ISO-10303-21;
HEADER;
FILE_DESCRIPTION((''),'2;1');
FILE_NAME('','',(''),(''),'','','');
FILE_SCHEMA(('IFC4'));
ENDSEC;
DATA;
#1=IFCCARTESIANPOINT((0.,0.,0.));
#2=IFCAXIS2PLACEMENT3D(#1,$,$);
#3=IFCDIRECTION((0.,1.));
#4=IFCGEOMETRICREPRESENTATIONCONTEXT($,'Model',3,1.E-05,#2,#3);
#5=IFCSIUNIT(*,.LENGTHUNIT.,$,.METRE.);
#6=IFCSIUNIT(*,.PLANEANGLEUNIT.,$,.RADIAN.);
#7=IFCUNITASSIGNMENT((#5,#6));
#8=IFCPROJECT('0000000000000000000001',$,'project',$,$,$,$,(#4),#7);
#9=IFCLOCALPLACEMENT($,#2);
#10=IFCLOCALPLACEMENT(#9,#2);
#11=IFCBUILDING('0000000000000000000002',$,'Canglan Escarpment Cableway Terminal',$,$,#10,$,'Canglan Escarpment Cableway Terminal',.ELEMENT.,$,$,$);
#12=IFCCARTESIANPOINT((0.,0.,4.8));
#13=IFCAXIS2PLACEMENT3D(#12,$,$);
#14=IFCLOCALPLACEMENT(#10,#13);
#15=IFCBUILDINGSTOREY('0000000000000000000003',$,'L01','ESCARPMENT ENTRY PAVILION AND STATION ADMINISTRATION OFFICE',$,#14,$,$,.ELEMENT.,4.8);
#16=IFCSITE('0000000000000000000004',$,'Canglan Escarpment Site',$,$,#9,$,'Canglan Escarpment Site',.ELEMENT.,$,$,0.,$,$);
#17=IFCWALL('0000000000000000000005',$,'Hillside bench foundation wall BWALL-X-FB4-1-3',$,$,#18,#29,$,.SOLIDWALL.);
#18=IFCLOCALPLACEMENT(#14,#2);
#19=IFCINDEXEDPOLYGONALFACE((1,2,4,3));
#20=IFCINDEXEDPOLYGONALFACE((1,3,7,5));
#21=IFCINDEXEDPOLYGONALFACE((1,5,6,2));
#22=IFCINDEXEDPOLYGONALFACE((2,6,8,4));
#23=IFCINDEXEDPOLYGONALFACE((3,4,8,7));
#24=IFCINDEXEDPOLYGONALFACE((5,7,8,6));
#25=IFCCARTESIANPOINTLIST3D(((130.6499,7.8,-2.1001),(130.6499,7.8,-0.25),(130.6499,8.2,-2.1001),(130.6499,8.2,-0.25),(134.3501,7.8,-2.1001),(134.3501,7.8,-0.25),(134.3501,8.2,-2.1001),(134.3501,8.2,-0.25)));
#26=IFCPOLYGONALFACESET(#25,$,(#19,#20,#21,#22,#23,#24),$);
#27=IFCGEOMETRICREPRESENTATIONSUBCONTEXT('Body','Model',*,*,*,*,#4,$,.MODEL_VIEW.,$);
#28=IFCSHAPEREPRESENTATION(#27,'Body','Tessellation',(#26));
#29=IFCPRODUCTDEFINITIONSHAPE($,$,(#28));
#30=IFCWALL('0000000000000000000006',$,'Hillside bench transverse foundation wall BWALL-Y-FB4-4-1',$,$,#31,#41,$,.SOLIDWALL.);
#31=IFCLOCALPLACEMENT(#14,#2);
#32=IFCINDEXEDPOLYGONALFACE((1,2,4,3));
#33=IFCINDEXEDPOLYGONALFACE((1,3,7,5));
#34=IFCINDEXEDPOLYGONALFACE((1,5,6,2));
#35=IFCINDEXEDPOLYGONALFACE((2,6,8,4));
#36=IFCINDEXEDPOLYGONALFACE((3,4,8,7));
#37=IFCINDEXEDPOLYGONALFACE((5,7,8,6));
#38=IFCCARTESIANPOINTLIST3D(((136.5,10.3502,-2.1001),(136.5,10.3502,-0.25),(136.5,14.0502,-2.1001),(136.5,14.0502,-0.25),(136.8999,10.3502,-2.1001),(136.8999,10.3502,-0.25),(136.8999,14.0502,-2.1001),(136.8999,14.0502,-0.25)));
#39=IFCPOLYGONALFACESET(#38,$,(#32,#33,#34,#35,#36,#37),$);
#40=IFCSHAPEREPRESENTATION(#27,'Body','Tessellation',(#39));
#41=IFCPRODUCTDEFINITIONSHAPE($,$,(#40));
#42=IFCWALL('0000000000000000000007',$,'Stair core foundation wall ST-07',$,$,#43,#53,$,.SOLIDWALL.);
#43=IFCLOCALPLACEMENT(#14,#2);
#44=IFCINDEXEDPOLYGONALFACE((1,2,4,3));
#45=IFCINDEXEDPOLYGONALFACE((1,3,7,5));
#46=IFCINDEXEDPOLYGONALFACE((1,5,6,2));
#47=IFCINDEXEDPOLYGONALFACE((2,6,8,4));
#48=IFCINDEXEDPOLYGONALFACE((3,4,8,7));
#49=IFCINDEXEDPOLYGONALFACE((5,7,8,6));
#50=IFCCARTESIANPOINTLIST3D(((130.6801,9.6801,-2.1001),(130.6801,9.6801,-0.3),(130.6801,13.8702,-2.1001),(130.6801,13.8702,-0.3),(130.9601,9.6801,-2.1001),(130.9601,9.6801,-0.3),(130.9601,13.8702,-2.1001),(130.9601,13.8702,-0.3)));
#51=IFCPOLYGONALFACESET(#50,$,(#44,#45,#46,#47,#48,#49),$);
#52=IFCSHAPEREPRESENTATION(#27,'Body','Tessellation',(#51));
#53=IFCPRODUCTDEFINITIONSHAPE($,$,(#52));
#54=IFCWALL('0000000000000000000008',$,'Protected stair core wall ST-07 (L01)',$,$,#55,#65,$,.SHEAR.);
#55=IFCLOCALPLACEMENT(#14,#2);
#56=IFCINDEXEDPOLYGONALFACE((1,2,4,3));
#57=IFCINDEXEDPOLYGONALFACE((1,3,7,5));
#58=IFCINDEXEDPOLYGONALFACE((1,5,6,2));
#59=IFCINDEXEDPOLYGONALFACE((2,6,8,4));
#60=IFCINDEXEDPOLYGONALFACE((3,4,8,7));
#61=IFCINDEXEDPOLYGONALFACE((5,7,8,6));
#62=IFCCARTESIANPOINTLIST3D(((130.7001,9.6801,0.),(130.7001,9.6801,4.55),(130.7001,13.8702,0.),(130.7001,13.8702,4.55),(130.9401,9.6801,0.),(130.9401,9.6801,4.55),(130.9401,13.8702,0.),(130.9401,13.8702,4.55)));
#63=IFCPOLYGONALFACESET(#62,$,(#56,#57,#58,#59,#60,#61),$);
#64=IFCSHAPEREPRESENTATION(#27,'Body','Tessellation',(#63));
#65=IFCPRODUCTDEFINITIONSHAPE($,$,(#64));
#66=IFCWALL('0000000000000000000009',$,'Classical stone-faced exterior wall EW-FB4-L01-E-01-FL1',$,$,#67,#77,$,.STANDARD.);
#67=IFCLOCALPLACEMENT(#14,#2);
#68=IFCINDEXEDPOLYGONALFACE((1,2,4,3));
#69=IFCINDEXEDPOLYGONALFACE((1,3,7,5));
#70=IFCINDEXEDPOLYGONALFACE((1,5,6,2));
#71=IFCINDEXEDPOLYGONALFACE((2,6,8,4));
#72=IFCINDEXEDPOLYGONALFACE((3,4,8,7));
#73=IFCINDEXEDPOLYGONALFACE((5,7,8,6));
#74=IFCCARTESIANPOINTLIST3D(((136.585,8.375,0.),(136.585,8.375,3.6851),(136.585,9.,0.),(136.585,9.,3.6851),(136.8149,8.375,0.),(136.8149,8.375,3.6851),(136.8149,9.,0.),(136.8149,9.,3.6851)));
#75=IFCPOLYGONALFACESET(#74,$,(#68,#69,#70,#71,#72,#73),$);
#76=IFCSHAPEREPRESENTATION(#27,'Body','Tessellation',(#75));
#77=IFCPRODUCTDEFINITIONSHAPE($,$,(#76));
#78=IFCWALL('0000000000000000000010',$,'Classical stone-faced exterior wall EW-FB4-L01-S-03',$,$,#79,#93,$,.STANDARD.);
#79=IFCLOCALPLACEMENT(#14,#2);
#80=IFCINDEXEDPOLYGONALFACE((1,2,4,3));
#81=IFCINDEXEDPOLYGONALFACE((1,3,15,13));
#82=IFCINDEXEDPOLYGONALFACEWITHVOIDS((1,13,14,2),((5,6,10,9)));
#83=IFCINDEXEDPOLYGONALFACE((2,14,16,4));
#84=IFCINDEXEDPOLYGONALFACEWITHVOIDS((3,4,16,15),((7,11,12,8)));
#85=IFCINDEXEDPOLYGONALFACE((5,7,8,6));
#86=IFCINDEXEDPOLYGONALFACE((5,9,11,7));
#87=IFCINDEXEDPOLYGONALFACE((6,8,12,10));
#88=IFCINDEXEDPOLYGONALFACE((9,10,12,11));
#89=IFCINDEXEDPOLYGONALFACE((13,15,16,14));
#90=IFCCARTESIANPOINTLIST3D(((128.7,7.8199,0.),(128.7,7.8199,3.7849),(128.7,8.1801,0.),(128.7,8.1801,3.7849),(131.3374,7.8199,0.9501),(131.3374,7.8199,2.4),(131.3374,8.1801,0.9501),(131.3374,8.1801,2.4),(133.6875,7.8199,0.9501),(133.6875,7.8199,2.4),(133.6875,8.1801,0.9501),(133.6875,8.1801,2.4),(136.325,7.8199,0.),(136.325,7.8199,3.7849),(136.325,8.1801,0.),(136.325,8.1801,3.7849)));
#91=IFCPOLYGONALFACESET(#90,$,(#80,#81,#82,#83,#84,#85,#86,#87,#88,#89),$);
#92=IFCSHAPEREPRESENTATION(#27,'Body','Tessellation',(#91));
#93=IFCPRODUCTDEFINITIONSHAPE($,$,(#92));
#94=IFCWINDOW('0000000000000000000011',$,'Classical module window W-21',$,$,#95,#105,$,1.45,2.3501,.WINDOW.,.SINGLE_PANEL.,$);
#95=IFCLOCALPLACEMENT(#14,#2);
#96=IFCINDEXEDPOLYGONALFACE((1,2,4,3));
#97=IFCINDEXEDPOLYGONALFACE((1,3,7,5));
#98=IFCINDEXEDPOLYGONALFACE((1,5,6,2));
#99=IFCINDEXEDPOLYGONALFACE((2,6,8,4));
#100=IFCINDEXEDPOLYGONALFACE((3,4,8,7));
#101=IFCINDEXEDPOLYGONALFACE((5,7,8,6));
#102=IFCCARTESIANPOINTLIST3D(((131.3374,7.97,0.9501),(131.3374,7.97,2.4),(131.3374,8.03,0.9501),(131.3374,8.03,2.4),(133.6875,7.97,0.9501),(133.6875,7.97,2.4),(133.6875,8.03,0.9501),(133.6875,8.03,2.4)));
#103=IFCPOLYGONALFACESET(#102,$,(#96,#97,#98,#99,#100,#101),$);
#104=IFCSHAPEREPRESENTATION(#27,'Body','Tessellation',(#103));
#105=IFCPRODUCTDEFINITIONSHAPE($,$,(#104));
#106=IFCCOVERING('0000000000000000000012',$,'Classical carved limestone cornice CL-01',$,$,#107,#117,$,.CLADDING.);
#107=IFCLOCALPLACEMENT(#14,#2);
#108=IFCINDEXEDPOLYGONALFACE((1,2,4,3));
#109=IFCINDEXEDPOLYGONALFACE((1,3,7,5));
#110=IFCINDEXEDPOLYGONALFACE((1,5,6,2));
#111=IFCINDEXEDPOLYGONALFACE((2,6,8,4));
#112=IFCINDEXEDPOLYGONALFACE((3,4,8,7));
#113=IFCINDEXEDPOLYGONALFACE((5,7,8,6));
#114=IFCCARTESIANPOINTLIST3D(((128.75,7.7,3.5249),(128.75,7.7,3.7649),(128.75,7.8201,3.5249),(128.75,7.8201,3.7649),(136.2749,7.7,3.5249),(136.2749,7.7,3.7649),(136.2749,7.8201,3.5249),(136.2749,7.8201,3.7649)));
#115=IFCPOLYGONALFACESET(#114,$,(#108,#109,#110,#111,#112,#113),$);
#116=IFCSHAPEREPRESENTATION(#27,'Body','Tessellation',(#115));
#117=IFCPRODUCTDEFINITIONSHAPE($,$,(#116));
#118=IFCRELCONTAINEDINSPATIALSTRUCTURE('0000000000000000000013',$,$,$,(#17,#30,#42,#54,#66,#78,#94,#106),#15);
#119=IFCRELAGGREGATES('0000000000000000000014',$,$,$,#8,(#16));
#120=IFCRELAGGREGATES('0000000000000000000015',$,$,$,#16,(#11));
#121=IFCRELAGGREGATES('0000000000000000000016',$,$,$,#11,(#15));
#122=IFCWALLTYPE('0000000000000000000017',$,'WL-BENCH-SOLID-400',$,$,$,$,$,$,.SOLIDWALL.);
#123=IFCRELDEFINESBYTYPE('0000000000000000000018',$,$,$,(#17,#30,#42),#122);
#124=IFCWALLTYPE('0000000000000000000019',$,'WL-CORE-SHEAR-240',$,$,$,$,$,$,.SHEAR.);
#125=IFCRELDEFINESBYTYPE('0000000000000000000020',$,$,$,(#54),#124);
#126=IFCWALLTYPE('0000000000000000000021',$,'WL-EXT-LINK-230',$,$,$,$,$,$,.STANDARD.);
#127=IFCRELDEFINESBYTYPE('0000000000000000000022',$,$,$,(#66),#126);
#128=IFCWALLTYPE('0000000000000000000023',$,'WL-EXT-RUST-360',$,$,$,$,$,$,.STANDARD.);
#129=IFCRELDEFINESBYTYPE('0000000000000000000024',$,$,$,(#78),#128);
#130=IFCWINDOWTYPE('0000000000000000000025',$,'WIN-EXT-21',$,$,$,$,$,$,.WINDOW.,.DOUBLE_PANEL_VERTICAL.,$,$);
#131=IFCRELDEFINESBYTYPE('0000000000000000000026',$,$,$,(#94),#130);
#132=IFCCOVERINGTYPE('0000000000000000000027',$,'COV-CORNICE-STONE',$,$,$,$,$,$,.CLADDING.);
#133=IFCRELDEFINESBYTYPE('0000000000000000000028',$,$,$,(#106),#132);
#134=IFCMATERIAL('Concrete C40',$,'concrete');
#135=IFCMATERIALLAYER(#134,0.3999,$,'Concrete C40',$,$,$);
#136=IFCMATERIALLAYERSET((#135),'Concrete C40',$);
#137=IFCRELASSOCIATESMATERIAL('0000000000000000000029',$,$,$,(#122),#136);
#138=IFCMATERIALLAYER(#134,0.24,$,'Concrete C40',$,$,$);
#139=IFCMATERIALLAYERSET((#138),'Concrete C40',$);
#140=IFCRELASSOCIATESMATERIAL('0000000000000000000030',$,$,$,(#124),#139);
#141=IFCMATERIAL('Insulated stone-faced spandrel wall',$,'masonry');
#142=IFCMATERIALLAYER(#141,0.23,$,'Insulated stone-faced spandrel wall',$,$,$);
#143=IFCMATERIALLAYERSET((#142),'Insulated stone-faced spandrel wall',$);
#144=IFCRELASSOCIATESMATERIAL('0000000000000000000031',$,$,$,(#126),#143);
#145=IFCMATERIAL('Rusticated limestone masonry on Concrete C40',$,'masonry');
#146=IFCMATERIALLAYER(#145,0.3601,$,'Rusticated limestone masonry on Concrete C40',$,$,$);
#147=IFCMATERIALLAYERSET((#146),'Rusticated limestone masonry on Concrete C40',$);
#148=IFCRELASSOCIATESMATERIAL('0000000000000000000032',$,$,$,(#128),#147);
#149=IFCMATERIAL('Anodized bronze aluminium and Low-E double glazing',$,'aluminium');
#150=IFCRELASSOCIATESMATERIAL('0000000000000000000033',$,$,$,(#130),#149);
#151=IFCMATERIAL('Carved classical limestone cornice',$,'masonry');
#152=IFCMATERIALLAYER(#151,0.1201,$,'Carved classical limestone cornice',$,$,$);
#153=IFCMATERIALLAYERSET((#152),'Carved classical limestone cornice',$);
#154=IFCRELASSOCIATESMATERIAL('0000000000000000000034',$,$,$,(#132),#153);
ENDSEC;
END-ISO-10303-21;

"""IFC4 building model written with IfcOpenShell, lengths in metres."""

from ifc_helpers import new_model, si_unit, direction, frame, frame_2d, origin, origin_2d, place, context, subcontext, project, spatial, rectangle, extrude, material, layer, layer_set, type_object, element, fill, save


model = new_model("IFC4")

# Units and contexts
model_context = context("Model", 3, precision=1e-05, world=origin(), true_north=direction((0.0, 1.0)))
body_context = subcontext(model_context, "Body", "Model", "MODEL_VIEW")
ifc_project = project(units=[si_unit("LENGTHUNIT", "METRE"), si_unit("PLANEANGLEUNIT", "RADIAN")], contexts=[model_context])

# Site, building, storey
site_placement = place(None, origin())
site = spatial("IfcSite", under=ifc_project, at=site_placement, Name="Canglan Escarpment Site", LongName="Canglan Escarpment Site", CompositionType="ELEMENT", RefElevation=0.0)
building_placement = place(site_placement, origin())
building = spatial("IfcBuilding", under=site, at=building_placement, Name="Canglan Escarpment Cableway Terminal", LongName="Canglan Escarpment Cableway Terminal", CompositionType="ELEMENT")
storey_placement = place(building_placement, frame((0.0, 0.0, 4.8)))
storey = spatial("IfcBuildingStorey", under=building, at=storey_placement, Name="L01", Description="ESCARPMENT ENTRY PAVILION AND STATION ADMINISTRATION OFFICE", CompositionType="ELEMENT", Elevation=4.8)

# Shared definitions
ifc_material_1 = material(Name="Concrete C40", Category="concrete")

# Walls
ifc_layer_1 = layer(ifc_material_1, 0.3999, Name="Concrete C40")
ifc_layer_set_1 = layer_set([ifc_layer_1], Name="Concrete C40")
wall_type_1 = type_object("IfcWallType", Name="WL-BENCH-SOLID-400", PredefinedType="SOLIDWALL", material=ifc_layer_set_1)
wall_1_placement = place(storey_placement, frame((130.6499, 8.0, -2.1001), z_axis=(0.0, 0.0, 1.0), x_axis=(1.0, 0.0, 0.0)))
element("IfcWall", 1, at=wall_1_placement, inside=storey, type_object=wall_type_1, Name="Hillside bench foundation wall BWALL-X-FB4-1-3", PredefinedType="SOLIDWALL", context=body_context, shape_type="SweptSolid", body=[
    extrude(rectangle(XDim=3.7002, YDim=0.3999, at=frame_2d((1.8501, 0.0))), origin(), (0.0, 0.0, 1.0), 1.8501),
])
wall_2_placement = place(storey_placement, frame((136.7, 10.3501, -2.1001), z_axis=(0.0, 0.0, 1.0), x_axis=(0.0, 1.0, 0.0)))
element("IfcWall", 2, at=wall_2_placement, inside=storey, type_object=wall_type_1, Name="Hillside bench transverse foundation wall BWALL-Y-FB4-4-1", PredefinedType="SOLIDWALL", context=body_context, shape_type="SweptSolid", body=[
    extrude(rectangle(XDim=3.7, YDim=0.3999, at=frame_2d((1.8501, 0.0))), origin(), (0.0, 0.0, 1.0), 1.8501),
])
wall_3_placement = place(storey_placement, frame((130.8201, 9.6799, -2.1001), z_axis=(0.0, 0.0, 1.0), x_axis=(0.0, 1.0, 0.0)))
element("IfcWall", 3, at=wall_3_placement, inside=storey, type_object=wall_type_1, Name="Stair core foundation wall ST-07", PredefinedType="SOLIDWALL", context=body_context, shape_type="SweptSolid", body=[
    extrude(rectangle(XDim=4.1902, YDim=0.28, at=frame_2d((2.0952, 0.0))), origin(), (0.0, 0.0, 1.0), 1.8),
])
ifc_layer_2 = layer(ifc_material_1, 0.24, Name="Concrete C40")
ifc_layer_set_2 = layer_set([ifc_layer_2], Name="Concrete C40")
wall_type_2 = type_object("IfcWallType", Name="WL-CORE-SHEAR-240", PredefinedType="SHEAR", material=ifc_layer_set_2)
wall_4_placement = place(storey_placement, frame((130.8201, 9.6799, 0.0), z_axis=(0.0, 0.0, 1.0), x_axis=(0.0, 1.0, 0.0)))
element("IfcWall", 4, at=wall_4_placement, inside=storey, type_object=wall_type_2, Name="Protected stair core wall ST-07 (L01)", PredefinedType="SHEAR", context=body_context, shape_type="SweptSolid", body=[
    extrude(rectangle(XDim=4.1902, YDim=0.24, at=frame_2d((2.0952, 0.0))), origin(), (0.0, 0.0, 1.0), 4.55),
])
ifc_material_2 = material(Name="Insulated stone-faced spandrel wall", Category="masonry")
ifc_layer_3 = layer(ifc_material_2, 0.23, Name="Insulated stone-faced spandrel wall")
ifc_layer_set_3 = layer_set([ifc_layer_3], Name="Insulated stone-faced spandrel wall")
wall_type_3 = type_object("IfcWallType", Name="WL-EXT-LINK-230", PredefinedType="STANDARD", material=ifc_layer_set_3)
wall_5_placement = place(storey_placement, frame((136.7, 8.375, 0.0), z_axis=(0.0, 0.0, 1.0), x_axis=(0.0, 1.0, 0.0)))
element("IfcWall", 5, at=wall_5_placement, inside=storey, type_object=wall_type_3, Name="Classical stone-faced exterior wall EW-FB4-L01-E-01-FL1", PredefinedType="STANDARD", context=body_context, shape_type="SweptSolid", body=[
    extrude(rectangle(XDim=0.625, YDim=0.23, at=frame_2d((0.3125, 0.0))), origin(), (0.0, 0.0, 1.0), 3.6851),
])

# Wall, opening, window
ifc_material_3 = material(Name="Rusticated limestone masonry on Concrete C40", Category="masonry")
ifc_layer_4 = layer(ifc_material_3, 0.3601, Name="Rusticated limestone masonry on Concrete C40")
ifc_layer_set_4 = layer_set([ifc_layer_4], Name="Rusticated limestone masonry on Concrete C40")
wall_type_4 = type_object("IfcWallType", Name="WL-EXT-RUST-360", PredefinedType="STANDARD", material=ifc_layer_set_4)
wall_6_placement = place(storey_placement, frame((128.7, 8.0, 0.0), z_axis=(0.0, 0.0, 1.0), x_axis=(1.0, 0.0, 0.0)))
wall_6 = element("IfcWall", 6, at=wall_6_placement, inside=storey, type_object=wall_type_4, Name="Classical stone-faced exterior wall EW-FB4-L01-S-03", PredefinedType="STANDARD", context=body_context, shape_type="SweptSolid", body=[
    extrude(rectangle(XDim=7.625, YDim=0.3601, at=frame_2d((3.8125, 0.0))), origin(), (0.0, 0.0, 1.0), 3.7849),
])
opening_placement = place(wall_6_placement, frame((2.6375, 0.0, 0.95)))
opening = element("IfcOpeningElement", 7, at=opening_placement, cuts=wall_6, PredefinedType="OPENING", context=body_context, shape_type="SweptSolid", body=[
    extrude(rectangle(XDim=2.3501, YDim=1.45, at=frame_2d((1.175, 0.7251))), frame((0.0, 0.1899, 0.0), z_axis=(0.0, -1.0, 0.0), x_axis=(1.0, 0.0, 0.0)), (0.0, 0.0, 1.0), 0.3801),
])
ifc_material_4 = material(Name="Anodized bronze aluminium and Low-E double glazing", Category="aluminium")
window_type = type_object("IfcWindowType", Name="WIN-EXT-21", PartitioningType="DOUBLE_PANEL_VERTICAL", PredefinedType="WINDOW", material=ifc_material_4)
window_placement = place(opening_placement, origin())
window = element("IfcWindow", 8, at=window_placement, inside=storey, type_object=window_type, Name="Classical module window W-21", OverallHeight=1.45, OverallWidth=2.3501, PartitioningType="SINGLE_PANEL", PredefinedType="WINDOW", context=body_context, shape_type="SweptSolid", body=[
    extrude(rectangle(XDim=2.3501, YDim=1.45, at=frame_2d((1.175, 0.7251))), frame((0.0, 0.03, 0.0), z_axis=(0.0, -1.0, 0.0), x_axis=(1.0, 0.0, 0.0)), (0.0, 0.0, 1.0), 0.0601),
])
fill(opening, window)

# Covering
ifc_material_5 = material(Name="Carved classical limestone cornice", Category="masonry")
ifc_layer_5 = layer(ifc_material_5, 0.1201, Name="Carved classical limestone cornice")
ifc_layer_set_5 = layer_set([ifc_layer_5], Name="Carved classical limestone cornice")
covering_type = type_object("IfcCoveringType", Name="COV-CORNICE-STONE", PredefinedType="CLADDING", material=ifc_layer_set_5)
covering_placement = place(storey_placement, frame((132.5125, 7.76, 3.5249), z_axis=(0.0, 0.0, 1.0), x_axis=(1.0, 0.0, 0.0)))
element("IfcCovering", 9, at=covering_placement, inside=storey, type_object=covering_type, Name="Classical carved limestone cornice CL-01", PredefinedType="CLADDING", context=body_context, shape_type="SweptSolid", body=[
    extrude(rectangle(XDim=7.5249, YDim=0.1201, at=origin_2d()), origin(), (0.0, 0.0, 1.0), 0.24),
])

save(model, "model.ifc")
